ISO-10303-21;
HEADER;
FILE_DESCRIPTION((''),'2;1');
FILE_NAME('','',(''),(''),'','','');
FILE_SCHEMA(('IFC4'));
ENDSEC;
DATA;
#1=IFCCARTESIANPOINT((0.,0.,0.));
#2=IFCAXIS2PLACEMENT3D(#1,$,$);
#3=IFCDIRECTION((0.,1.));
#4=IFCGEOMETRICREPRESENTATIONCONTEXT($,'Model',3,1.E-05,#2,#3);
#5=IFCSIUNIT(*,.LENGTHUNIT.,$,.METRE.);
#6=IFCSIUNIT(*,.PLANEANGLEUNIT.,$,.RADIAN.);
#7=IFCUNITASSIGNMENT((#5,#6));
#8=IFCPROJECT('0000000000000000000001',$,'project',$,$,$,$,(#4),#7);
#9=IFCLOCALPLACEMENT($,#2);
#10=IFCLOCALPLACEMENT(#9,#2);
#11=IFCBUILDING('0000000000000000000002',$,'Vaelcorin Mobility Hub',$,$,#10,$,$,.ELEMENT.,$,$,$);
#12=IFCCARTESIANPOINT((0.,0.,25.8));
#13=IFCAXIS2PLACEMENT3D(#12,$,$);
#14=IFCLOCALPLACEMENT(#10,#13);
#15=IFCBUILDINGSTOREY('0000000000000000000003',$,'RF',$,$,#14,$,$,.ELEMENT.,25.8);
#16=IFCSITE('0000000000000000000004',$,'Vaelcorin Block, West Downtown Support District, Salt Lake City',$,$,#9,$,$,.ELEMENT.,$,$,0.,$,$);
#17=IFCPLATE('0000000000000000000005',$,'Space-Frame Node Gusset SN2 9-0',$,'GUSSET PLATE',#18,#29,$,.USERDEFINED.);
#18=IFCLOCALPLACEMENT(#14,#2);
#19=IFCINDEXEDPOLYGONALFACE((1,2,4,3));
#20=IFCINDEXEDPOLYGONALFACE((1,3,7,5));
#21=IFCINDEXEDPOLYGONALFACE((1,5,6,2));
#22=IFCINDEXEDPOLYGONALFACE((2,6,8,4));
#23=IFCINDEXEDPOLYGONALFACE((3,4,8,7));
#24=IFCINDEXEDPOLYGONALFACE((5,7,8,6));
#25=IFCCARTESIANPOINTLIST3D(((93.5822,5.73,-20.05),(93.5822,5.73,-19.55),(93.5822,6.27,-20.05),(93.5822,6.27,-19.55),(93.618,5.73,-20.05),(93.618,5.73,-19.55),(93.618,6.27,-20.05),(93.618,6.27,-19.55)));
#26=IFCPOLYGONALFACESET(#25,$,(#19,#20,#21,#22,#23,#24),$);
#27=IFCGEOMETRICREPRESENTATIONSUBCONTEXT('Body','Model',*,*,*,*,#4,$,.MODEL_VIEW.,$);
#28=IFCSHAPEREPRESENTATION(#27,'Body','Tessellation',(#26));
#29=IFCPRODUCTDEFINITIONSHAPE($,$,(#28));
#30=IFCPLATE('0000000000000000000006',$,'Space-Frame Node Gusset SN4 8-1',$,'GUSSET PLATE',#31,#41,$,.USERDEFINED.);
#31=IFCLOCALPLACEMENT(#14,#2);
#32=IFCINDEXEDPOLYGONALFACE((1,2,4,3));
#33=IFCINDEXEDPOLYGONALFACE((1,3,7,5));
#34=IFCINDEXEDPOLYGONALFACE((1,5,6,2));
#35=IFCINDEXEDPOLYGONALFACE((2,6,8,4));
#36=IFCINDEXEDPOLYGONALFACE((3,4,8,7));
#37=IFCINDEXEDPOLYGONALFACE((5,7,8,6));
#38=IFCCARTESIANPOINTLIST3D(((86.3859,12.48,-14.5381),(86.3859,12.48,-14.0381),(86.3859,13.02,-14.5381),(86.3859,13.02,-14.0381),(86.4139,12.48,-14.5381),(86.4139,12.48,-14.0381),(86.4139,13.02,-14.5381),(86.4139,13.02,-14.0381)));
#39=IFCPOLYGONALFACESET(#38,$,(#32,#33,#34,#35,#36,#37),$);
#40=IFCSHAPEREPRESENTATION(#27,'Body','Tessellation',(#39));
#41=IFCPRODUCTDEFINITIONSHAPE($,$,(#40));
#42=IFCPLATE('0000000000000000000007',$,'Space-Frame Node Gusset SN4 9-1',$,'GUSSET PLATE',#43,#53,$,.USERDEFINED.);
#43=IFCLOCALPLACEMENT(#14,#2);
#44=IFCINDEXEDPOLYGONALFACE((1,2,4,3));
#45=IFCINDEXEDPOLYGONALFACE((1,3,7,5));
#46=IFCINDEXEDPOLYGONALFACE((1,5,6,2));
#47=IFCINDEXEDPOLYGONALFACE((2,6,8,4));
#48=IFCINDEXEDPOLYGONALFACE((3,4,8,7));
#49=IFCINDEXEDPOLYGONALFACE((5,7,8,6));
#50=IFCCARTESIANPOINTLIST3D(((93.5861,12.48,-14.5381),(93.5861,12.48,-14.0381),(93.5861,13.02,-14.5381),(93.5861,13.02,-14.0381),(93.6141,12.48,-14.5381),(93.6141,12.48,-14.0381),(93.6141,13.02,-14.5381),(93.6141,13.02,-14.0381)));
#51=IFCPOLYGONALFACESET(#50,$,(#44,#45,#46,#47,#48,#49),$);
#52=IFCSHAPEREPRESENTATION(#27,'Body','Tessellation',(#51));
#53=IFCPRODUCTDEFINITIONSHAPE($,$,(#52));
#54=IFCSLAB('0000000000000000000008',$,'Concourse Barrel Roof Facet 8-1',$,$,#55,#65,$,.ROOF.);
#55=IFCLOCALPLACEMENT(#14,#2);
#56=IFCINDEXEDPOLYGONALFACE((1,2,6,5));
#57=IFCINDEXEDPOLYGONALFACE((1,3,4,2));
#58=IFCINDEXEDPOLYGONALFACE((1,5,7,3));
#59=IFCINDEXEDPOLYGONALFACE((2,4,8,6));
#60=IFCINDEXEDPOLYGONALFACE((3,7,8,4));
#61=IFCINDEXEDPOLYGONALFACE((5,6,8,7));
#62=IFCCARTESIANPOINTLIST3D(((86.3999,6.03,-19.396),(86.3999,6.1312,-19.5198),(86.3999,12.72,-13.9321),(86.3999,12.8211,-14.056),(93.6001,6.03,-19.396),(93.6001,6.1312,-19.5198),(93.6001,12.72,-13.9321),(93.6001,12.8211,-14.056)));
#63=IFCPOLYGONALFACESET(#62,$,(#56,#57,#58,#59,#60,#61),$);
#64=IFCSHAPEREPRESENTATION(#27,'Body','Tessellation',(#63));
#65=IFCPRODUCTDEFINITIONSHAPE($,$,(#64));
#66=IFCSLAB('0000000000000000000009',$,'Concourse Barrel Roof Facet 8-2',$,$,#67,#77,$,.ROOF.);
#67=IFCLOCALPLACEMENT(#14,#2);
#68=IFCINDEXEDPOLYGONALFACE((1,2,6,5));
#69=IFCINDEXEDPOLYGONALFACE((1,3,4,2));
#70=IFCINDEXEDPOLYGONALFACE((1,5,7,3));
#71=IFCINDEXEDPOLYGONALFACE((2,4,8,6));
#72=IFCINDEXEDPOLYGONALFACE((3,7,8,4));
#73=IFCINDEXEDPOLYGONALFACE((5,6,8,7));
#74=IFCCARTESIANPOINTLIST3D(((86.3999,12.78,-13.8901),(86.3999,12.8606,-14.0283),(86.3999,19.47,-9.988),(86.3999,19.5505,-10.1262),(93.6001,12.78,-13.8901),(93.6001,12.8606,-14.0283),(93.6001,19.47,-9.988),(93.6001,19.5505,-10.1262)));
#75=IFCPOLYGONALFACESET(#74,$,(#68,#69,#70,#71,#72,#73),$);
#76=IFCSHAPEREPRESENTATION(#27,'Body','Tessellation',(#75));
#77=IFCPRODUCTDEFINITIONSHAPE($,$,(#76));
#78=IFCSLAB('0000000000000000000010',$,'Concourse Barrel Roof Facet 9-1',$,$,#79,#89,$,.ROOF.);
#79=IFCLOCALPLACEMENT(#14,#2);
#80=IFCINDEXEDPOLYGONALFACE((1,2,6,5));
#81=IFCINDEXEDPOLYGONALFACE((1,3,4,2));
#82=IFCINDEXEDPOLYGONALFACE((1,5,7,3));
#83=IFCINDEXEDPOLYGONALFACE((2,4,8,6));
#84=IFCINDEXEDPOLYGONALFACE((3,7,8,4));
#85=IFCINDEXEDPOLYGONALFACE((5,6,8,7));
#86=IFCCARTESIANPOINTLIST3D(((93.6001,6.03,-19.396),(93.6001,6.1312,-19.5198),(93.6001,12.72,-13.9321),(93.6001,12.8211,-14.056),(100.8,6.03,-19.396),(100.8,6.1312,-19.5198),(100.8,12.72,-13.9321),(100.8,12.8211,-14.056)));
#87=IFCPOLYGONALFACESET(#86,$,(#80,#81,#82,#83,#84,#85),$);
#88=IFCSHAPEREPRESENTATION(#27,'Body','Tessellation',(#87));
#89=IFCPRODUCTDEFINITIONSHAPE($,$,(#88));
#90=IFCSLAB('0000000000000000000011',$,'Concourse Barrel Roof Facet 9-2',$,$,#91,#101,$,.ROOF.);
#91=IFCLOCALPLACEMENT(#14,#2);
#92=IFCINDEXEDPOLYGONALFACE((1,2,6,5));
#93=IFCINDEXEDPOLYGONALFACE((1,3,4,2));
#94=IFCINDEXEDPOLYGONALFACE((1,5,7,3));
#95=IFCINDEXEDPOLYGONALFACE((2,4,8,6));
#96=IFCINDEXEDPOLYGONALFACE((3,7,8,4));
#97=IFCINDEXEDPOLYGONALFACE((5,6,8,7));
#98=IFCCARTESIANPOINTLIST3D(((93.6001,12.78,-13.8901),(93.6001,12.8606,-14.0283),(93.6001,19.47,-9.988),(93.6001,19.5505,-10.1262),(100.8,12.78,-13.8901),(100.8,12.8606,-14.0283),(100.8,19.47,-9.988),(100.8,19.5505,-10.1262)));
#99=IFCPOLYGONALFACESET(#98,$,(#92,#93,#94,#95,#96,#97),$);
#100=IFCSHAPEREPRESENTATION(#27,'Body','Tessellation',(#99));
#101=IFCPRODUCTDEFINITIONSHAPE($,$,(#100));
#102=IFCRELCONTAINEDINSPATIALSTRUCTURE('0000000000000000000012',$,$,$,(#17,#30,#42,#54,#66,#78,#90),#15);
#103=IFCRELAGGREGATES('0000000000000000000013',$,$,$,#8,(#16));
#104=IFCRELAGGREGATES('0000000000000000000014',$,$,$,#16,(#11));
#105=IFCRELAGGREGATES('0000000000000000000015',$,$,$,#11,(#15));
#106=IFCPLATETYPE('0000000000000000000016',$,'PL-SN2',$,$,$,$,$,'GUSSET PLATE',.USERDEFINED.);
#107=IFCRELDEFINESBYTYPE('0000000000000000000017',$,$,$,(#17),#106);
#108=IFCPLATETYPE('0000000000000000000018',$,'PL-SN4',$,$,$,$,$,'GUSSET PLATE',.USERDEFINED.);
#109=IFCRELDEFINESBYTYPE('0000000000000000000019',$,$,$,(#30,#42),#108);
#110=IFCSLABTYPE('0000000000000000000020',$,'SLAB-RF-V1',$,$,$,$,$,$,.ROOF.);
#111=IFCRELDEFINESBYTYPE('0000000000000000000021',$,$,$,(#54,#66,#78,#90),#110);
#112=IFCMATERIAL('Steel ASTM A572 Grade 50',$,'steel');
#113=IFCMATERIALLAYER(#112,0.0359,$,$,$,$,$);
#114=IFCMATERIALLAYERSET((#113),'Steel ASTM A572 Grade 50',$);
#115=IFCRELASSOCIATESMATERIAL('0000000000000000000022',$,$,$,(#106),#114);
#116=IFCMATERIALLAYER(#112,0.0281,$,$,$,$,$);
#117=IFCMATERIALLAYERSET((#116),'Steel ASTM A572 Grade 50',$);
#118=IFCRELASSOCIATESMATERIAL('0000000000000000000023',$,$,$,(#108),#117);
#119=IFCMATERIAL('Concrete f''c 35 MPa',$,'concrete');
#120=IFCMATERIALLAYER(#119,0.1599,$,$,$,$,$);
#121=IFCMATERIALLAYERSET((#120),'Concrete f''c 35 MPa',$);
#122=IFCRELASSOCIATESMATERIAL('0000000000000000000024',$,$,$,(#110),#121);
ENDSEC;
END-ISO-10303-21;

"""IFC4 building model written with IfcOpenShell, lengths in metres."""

from ifc_helpers import new_model, si_unit, direction, frame, origin, origin_2d, place, context, subcontext, project, spatial, polyline, rectangle, outline, extrude, material, layer, layer_set, type_object, element, save


model = new_model("IFC4")

# Units and contexts
model_context = context("Model", 3, precision=1e-05, world=origin(), true_north=direction((0.0, 1.0)))
body_context = subcontext(model_context, "Body", "Model", "MODEL_VIEW")
ifc_project = project(units=[si_unit("LENGTHUNIT", "METRE"), si_unit("PLANEANGLEUNIT", "RADIAN")], contexts=[model_context])

# Site, building, storey
site_placement = place(None, origin())
site = spatial("IfcSite", under=ifc_project, at=site_placement, Name="Vaelcorin Block, West Downtown Support District, Salt Lake City", CompositionType="ELEMENT", RefElevation=0.0)
building_placement = place(site_placement, origin())
building = spatial("IfcBuilding", under=site, at=building_placement, Name="Vaelcorin Mobility Hub", CompositionType="ELEMENT")
storey_placement = place(building_placement, frame((0.0, 0.0, 25.8)))
storey = spatial("IfcBuildingStorey", under=building, at=storey_placement, Name="RF", CompositionType="ELEMENT", Elevation=25.8)

# Plates
ifc_material_1 = material(Name="Steel ASTM A572 Grade 50", Category="steel")
ifc_layer_1 = layer(ifc_material_1, 0.0359)
ifc_layer_set_1 = layer_set([ifc_layer_1], Name="Steel ASTM A572 Grade 50")
plate_type_1 = type_object("IfcPlateType", Name="PL-SN2", ElementType="GUSSET PLATE", PredefinedType="USERDEFINED", material=ifc_layer_set_1)
plate_placement = place(storey_placement, frame((93.6001, 6.0, -20.05), z_axis=(0.0, 0.0, 1.0), x_axis=(1.0, 0.0, 0.0)))
element("IfcPlate", 1, at=plate_placement, inside=storey, type_object=plate_type_1, Name="Space-Frame Node Gusset SN2 9-0", ObjectType="GUSSET PLATE", PredefinedType="USERDEFINED", context=body_context, shape_type="SweptSolid", body=[
    extrude(rectangle(XDim=0.0359, YDim=0.54, at=origin_2d()), origin(), (0.0, 0.0, 1.0), 0.5),
])
ifc_layer_2 = layer(ifc_material_1, 0.0281)
ifc_layer_set_2 = layer_set([ifc_layer_2], Name="Steel ASTM A572 Grade 50")
plate_type_2 = type_object("IfcPlateType", Name="PL-SN4", ElementType="GUSSET PLATE", PredefinedType="USERDEFINED", material=ifc_layer_set_2)
for number, where, z_axis, x_axis, name in (
    (2, (86.3999, 12.75, -14.5381), (0.0, 0.0, 1.0), (1.0, 0.0, 0.0), "Space-Frame Node Gusset SN4 8-1"),
    (3, (93.6001, 12.75, -14.5381), (0.0, 0.0, 1.0), (1.0, 0.0, 0.0), "Space-Frame Node Gusset SN4 9-1"),
):
    element("IfcPlate", number, at=place(storey_placement, frame(where, z_axis=z_axis, x_axis=x_axis)), inside=storey, type_object=plate_type_2, Name=name, ObjectType="GUSSET PLATE", PredefinedType="USERDEFINED", context=body_context, shape_type="SweptSolid", body=[
        extrude(rectangle(XDim=0.0281, YDim=0.54, at=origin_2d()), origin(), (0.0, 0.0, 1.0), 0.5),
    ])

# Slabs
ifc_material_2 = material(Name="Concrete f'c 35 MPa", Category="concrete")
ifc_layer_3 = layer(ifc_material_2, 0.1599)
ifc_layer_set_3 = layer_set([ifc_layer_3], Name="Concrete f'c 35 MPa")
slab_type = type_object("IfcSlabType", Name="SLAB-RF-V1", PredefinedType="ROOF", material=ifc_layer_set_3)
slab_1_placement = place(storey_placement, frame((86.3999, 6.03, -19.396), z_axis=(0.0, -0.632563, 0.774509), x_axis=(1.0, 0.0, 0.0)))
element("IfcSlab", 4, at=slab_1_placement, inside=storey, type_object=slab_type, Name="Concourse Barrel Roof Facet 8-1", PredefinedType="ROOF", context=body_context, shape_type="SweptSolid", body=[
    extrude(outline(polyline([(0.0, 0.0), (7.2002, 0.0), (7.2002, 8.6377), (0.0, 8.6377), (0.0, 0.0)])), origin(), (0.0, 0.0, -1.0), 0.1599),
])
slab_2_placement = place(storey_placement, frame((86.3999, 12.78, -13.8901), z_axis=(0.0, -0.503836, 0.863799), x_axis=(1.0, 0.0, 0.0)))
element("IfcSlab", 5, at=slab_2_placement, inside=storey, type_object=slab_type, Name="Concourse Barrel Roof Facet 8-2", PredefinedType="ROOF", context=body_context, shape_type="SweptSolid", body=[
    extrude(outline(polyline([(0.0, 0.0), (7.2002, 0.0), (7.2002, 7.7448), (0.0, 7.7448), (0.0, 0.0)])), origin(), (0.0, 0.0, -1.0), 0.1599),
])
slab_3_placement = place(storey_placement, frame((93.6001, 6.03, -19.396), z_axis=(0.0, -0.632563, 0.774509), x_axis=(1.0, 0.0, 0.0)))
element("IfcSlab", 6, at=slab_3_placement, inside=storey, type_object=slab_type, Name="Concourse Barrel Roof Facet 9-1", PredefinedType="ROOF", context=body_context, shape_type="SweptSolid", body=[
    extrude(outline(polyline([(0.0, 0.0), (7.2, 0.0), (7.2, 8.6377), (0.0, 8.6377), (0.0, 0.0)])), origin(), (0.0, 0.0, -1.0), 0.1599),
])
slab_4_placement = place(storey_placement, frame((93.6001, 12.78, -13.8901), z_axis=(0.0, -0.503836, 0.863799), x_axis=(1.0, 0.0, 0.0)))
element("IfcSlab", 7, at=slab_4_placement, inside=storey, type_object=slab_type, Name="Concourse Barrel Roof Facet 9-2", PredefinedType="ROOF", context=body_context, shape_type="SweptSolid", body=[
    extrude(outline(polyline([(0.0, 0.0), (7.2, 0.0), (7.2, 7.7448), (0.0, 7.7448), (0.0, 0.0)])), origin(), (0.0, 0.0, -1.0), 0.1599),
])

save(model, "model.ifc")
